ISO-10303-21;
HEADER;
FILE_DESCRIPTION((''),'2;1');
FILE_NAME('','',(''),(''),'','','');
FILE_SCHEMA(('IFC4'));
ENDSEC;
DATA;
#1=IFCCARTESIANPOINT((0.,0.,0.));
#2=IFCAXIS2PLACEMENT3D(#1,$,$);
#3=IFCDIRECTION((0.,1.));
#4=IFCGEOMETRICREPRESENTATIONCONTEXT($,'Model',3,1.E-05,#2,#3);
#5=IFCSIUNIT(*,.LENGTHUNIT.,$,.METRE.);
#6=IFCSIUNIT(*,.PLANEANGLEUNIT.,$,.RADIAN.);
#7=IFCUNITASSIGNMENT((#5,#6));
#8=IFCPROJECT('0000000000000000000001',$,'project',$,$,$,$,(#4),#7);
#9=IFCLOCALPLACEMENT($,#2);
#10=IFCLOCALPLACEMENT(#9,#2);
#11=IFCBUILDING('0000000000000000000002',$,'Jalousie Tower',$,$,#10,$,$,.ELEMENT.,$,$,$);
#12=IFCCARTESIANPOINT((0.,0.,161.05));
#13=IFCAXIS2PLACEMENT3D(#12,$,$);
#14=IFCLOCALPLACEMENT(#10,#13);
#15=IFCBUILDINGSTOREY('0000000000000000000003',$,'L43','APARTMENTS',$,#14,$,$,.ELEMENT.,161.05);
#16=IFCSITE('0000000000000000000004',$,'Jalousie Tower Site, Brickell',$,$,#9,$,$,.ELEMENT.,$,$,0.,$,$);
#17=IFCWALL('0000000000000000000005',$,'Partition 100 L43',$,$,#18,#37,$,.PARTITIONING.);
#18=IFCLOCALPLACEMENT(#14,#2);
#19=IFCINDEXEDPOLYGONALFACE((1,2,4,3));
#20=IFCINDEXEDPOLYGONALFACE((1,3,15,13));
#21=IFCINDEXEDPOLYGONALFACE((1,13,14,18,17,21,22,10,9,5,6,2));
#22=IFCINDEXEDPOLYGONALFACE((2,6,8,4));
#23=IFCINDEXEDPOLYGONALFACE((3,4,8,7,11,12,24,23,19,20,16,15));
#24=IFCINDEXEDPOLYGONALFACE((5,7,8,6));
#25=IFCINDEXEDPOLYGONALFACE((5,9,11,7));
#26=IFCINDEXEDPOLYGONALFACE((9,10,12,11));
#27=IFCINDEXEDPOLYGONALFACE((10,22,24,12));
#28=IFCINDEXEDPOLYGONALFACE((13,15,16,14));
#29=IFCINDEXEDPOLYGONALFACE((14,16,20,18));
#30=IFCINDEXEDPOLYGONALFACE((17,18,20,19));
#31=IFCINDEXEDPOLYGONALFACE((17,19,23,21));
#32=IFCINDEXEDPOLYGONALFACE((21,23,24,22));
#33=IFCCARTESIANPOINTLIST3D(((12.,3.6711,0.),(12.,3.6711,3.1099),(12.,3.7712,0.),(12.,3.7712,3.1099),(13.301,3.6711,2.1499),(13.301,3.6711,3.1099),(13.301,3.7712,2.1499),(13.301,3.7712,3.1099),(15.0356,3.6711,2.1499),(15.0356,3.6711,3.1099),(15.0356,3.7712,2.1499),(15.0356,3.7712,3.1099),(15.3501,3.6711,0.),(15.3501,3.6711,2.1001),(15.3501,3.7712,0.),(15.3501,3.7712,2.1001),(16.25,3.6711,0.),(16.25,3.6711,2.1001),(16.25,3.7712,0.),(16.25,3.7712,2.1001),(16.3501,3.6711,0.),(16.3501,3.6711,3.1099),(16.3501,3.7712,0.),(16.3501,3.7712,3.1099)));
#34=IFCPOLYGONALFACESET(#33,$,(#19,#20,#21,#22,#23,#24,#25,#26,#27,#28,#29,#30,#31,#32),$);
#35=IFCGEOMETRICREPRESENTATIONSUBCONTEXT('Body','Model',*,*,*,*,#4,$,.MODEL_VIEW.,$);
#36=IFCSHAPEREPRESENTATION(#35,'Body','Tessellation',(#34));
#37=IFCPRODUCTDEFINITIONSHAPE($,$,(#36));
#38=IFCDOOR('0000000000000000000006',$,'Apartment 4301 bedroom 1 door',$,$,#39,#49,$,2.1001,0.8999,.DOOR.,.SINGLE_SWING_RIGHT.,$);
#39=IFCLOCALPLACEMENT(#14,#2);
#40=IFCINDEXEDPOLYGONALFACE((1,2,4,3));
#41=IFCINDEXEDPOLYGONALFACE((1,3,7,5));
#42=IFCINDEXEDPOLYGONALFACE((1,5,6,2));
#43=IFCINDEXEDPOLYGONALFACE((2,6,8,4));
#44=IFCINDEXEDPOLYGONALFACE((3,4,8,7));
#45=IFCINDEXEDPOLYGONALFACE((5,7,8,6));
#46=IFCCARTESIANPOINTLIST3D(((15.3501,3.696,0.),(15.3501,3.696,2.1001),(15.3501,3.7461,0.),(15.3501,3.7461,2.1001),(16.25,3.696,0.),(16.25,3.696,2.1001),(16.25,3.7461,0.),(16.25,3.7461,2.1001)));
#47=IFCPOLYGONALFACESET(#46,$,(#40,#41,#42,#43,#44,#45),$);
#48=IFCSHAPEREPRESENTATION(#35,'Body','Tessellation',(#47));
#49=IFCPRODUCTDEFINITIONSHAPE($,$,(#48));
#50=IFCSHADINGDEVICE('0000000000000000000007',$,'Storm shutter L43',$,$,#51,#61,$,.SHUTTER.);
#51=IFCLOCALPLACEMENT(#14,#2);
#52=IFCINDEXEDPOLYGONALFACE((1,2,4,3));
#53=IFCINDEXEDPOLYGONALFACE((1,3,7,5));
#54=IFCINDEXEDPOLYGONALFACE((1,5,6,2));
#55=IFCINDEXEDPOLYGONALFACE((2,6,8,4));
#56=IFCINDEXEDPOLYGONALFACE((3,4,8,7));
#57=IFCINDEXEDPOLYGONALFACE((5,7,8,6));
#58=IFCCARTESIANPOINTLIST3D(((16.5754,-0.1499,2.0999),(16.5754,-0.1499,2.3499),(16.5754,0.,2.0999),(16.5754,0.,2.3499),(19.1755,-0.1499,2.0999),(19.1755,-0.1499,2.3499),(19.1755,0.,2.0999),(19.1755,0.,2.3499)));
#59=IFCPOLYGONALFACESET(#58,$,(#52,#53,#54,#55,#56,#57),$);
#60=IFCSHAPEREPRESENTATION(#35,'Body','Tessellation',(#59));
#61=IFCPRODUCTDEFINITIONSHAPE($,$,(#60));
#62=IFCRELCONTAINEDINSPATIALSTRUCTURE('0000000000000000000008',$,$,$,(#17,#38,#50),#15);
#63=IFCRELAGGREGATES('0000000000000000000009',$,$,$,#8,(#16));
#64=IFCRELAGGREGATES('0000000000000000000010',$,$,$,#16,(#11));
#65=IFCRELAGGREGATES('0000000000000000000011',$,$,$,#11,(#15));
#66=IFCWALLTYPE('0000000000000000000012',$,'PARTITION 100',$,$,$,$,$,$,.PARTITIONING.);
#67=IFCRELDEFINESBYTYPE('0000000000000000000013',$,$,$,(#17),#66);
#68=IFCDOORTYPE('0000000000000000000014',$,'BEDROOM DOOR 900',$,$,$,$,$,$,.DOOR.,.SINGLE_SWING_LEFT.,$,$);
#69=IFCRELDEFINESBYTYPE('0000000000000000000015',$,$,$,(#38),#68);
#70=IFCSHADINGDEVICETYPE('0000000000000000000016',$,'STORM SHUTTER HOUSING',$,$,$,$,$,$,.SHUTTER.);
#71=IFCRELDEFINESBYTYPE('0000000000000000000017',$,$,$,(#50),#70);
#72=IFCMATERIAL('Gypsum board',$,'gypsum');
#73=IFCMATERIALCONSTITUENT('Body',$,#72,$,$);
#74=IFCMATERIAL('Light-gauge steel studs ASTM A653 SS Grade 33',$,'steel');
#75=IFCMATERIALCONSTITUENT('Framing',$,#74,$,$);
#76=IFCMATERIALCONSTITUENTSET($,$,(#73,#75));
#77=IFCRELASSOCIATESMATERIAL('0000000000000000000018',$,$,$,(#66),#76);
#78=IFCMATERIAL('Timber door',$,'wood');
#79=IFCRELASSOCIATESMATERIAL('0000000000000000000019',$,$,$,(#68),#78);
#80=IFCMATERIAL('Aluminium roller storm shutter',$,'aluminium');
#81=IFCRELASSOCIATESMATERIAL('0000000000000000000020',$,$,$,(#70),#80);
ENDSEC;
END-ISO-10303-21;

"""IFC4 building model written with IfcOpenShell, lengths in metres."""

from ifc_helpers import new_model, si_unit, direction, frame, frame_2d, origin, origin_2d, place, context, subcontext, project, spatial, polyline, rectangle, outline, extrude, material, constituent, constituent_set, type_object, element, fill, save


model = new_model("IFC4")

# Units and contexts
model_context = context("Model", 3, precision=1e-05, world=origin(), true_north=direction((0.0, 1.0)))
body_context = subcontext(model_context, "Body", "Model", "MODEL_VIEW")
ifc_project = project(units=[si_unit("LENGTHUNIT", "METRE"), si_unit("PLANEANGLEUNIT", "RADIAN")], contexts=[model_context])

# Site, building, storey
site_placement = place(None, origin())
site = spatial("IfcSite", under=ifc_project, at=site_placement, Name="Jalousie Tower Site, Brickell", CompositionType="ELEMENT", RefElevation=0.0)
building_placement = place(site_placement, origin())
building = spatial("IfcBuilding", under=site, at=building_placement, Name="Jalousie Tower", CompositionType="ELEMENT")
storey_placement = place(building_placement, frame((0.0, 0.0, 161.05)))
storey = spatial("IfcBuildingStorey", under=building, at=storey_placement, Name="L43", Description="APARTMENTS", CompositionType="ELEMENT", Elevation=161.05)

# Wall, opening, door
ifc_material_1 = material(Name="Gypsum board", Category="gypsum")
ifc_constituent_1 = constituent(ifc_material_1, Name="Body")
ifc_material_2 = material(Name="Light-gauge steel studs ASTM A653 SS Grade 33", Category="steel")
ifc_constituent_2 = constituent(ifc_material_2, Name="Framing")
ifc_constituent_set_1 = constituent_set(constituents=[ifc_constituent_1, ifc_constituent_2])
wall_type_1 = type_object("IfcWallType", Name="PARTITION 100", PredefinedType="PARTITIONING", material=ifc_constituent_set_1)
wall_1_placement = place(storey_placement, frame((16.3501, 3.7212, 0.0), z_axis=(0.0, 0.0, 1.0), x_axis=(-1.0, 0.0, 0.0)))
wall_1 = element("IfcWall", 1, at=wall_1_placement, inside=storey, type_object=wall_type_1, Name="Partition 100 L43", PredefinedType="PARTITIONING", context=body_context, shape_type="SweptSolid", body=[
    extrude(outline(polyline([(0.0, 0.0), (4.3501, 0.0), (4.3501, 3.1099), (3.0491, 3.1099), (3.0491, 2.1499), (1.3145, 2.1499), (1.3145, 3.1099), (0.0, 3.1099), (0.0, 0.0)])), frame((0.0, 0.05, 0.0), z_axis=(0.0, -1.0, 0.0), x_axis=(1.0, 0.0, 0.0)), (0.0, 0.0, 1.0), 0.1001),
])
opening_1_placement = place(wall_1_placement, frame((0.1001, 0.0, 0.0)))
opening_1 = element("IfcOpeningElement", 2, at=opening_1_placement, cuts=wall_1, PredefinedType="OPENING", context=body_context, shape_type="SweptSolid", body=[
    extrude(rectangle(XDim=0.8999, YDim=2.1001, at=frame_2d((0.45, 1.05))), frame((0.0, 0.0601, 0.0), z_axis=(0.0, -1.0, 0.0), x_axis=(1.0, 0.0, 0.0)), (0.0, 0.0, 1.0), 0.1201),
])
ifc_material_3 = material(Name="Timber door", Category="wood")
door_type_1 = type_object("IfcDoorType", Name="BEDROOM DOOR 900", OperationType="SINGLE_SWING_LEFT", PredefinedType="DOOR", material=ifc_material_3)
door_1_placement = place(opening_1_placement, frame((0.8999, 0.0, 0.0), z_axis=(0.0, 0.0, 1.0), x_axis=(-1.0, 0.0, 0.0)))
door_1 = element("IfcDoor", 3, at=door_1_placement, inside=storey, type_object=door_type_1, Name="Apartment 4301 bedroom 1 door", OperationType="SINGLE_SWING_RIGHT", OverallHeight=2.1001, OverallWidth=0.8999, PredefinedType="DOOR", context=body_context, shape_type="SweptSolid", body=[
    extrude(rectangle(XDim=0.8999, YDim=2.1001, at=frame_2d((0.45, 1.05))), frame((0.0, 0.0249, 0.0), z_axis=(0.0, -1.0, 0.0), x_axis=(1.0, 0.0, 0.0)), (0.0, 0.0, 1.0), 0.05),
])
fill(opening_1, door_1)

# Shading device
ifc_material_4 = material(Name="Aluminium roller storm shutter", Category="aluminium")
shading_device_type = type_object("IfcShadingDeviceType", Name="STORM SHUTTER HOUSING", PredefinedType="SHUTTER", material=ifc_material_4)
shading_device_placement = place(storey_placement, frame((17.8755, -0.075, 2.0999), z_axis=(0.0, 0.0, 1.0), x_axis=(1.0, 0.0, 0.0)))
element("IfcShadingDevice", 4, at=shading_device_placement, inside=storey, type_object=shading_device_type, Name="Storm shutter L43", PredefinedType="SHUTTER", context=body_context, shape_type="SweptSolid", body=[
    extrude(rectangle(XDim=2.6001, YDim=0.1499, at=origin_2d()), origin(), (0.0, 0.0, 1.0), 0.25),
])

save(model, "model.ifc")
